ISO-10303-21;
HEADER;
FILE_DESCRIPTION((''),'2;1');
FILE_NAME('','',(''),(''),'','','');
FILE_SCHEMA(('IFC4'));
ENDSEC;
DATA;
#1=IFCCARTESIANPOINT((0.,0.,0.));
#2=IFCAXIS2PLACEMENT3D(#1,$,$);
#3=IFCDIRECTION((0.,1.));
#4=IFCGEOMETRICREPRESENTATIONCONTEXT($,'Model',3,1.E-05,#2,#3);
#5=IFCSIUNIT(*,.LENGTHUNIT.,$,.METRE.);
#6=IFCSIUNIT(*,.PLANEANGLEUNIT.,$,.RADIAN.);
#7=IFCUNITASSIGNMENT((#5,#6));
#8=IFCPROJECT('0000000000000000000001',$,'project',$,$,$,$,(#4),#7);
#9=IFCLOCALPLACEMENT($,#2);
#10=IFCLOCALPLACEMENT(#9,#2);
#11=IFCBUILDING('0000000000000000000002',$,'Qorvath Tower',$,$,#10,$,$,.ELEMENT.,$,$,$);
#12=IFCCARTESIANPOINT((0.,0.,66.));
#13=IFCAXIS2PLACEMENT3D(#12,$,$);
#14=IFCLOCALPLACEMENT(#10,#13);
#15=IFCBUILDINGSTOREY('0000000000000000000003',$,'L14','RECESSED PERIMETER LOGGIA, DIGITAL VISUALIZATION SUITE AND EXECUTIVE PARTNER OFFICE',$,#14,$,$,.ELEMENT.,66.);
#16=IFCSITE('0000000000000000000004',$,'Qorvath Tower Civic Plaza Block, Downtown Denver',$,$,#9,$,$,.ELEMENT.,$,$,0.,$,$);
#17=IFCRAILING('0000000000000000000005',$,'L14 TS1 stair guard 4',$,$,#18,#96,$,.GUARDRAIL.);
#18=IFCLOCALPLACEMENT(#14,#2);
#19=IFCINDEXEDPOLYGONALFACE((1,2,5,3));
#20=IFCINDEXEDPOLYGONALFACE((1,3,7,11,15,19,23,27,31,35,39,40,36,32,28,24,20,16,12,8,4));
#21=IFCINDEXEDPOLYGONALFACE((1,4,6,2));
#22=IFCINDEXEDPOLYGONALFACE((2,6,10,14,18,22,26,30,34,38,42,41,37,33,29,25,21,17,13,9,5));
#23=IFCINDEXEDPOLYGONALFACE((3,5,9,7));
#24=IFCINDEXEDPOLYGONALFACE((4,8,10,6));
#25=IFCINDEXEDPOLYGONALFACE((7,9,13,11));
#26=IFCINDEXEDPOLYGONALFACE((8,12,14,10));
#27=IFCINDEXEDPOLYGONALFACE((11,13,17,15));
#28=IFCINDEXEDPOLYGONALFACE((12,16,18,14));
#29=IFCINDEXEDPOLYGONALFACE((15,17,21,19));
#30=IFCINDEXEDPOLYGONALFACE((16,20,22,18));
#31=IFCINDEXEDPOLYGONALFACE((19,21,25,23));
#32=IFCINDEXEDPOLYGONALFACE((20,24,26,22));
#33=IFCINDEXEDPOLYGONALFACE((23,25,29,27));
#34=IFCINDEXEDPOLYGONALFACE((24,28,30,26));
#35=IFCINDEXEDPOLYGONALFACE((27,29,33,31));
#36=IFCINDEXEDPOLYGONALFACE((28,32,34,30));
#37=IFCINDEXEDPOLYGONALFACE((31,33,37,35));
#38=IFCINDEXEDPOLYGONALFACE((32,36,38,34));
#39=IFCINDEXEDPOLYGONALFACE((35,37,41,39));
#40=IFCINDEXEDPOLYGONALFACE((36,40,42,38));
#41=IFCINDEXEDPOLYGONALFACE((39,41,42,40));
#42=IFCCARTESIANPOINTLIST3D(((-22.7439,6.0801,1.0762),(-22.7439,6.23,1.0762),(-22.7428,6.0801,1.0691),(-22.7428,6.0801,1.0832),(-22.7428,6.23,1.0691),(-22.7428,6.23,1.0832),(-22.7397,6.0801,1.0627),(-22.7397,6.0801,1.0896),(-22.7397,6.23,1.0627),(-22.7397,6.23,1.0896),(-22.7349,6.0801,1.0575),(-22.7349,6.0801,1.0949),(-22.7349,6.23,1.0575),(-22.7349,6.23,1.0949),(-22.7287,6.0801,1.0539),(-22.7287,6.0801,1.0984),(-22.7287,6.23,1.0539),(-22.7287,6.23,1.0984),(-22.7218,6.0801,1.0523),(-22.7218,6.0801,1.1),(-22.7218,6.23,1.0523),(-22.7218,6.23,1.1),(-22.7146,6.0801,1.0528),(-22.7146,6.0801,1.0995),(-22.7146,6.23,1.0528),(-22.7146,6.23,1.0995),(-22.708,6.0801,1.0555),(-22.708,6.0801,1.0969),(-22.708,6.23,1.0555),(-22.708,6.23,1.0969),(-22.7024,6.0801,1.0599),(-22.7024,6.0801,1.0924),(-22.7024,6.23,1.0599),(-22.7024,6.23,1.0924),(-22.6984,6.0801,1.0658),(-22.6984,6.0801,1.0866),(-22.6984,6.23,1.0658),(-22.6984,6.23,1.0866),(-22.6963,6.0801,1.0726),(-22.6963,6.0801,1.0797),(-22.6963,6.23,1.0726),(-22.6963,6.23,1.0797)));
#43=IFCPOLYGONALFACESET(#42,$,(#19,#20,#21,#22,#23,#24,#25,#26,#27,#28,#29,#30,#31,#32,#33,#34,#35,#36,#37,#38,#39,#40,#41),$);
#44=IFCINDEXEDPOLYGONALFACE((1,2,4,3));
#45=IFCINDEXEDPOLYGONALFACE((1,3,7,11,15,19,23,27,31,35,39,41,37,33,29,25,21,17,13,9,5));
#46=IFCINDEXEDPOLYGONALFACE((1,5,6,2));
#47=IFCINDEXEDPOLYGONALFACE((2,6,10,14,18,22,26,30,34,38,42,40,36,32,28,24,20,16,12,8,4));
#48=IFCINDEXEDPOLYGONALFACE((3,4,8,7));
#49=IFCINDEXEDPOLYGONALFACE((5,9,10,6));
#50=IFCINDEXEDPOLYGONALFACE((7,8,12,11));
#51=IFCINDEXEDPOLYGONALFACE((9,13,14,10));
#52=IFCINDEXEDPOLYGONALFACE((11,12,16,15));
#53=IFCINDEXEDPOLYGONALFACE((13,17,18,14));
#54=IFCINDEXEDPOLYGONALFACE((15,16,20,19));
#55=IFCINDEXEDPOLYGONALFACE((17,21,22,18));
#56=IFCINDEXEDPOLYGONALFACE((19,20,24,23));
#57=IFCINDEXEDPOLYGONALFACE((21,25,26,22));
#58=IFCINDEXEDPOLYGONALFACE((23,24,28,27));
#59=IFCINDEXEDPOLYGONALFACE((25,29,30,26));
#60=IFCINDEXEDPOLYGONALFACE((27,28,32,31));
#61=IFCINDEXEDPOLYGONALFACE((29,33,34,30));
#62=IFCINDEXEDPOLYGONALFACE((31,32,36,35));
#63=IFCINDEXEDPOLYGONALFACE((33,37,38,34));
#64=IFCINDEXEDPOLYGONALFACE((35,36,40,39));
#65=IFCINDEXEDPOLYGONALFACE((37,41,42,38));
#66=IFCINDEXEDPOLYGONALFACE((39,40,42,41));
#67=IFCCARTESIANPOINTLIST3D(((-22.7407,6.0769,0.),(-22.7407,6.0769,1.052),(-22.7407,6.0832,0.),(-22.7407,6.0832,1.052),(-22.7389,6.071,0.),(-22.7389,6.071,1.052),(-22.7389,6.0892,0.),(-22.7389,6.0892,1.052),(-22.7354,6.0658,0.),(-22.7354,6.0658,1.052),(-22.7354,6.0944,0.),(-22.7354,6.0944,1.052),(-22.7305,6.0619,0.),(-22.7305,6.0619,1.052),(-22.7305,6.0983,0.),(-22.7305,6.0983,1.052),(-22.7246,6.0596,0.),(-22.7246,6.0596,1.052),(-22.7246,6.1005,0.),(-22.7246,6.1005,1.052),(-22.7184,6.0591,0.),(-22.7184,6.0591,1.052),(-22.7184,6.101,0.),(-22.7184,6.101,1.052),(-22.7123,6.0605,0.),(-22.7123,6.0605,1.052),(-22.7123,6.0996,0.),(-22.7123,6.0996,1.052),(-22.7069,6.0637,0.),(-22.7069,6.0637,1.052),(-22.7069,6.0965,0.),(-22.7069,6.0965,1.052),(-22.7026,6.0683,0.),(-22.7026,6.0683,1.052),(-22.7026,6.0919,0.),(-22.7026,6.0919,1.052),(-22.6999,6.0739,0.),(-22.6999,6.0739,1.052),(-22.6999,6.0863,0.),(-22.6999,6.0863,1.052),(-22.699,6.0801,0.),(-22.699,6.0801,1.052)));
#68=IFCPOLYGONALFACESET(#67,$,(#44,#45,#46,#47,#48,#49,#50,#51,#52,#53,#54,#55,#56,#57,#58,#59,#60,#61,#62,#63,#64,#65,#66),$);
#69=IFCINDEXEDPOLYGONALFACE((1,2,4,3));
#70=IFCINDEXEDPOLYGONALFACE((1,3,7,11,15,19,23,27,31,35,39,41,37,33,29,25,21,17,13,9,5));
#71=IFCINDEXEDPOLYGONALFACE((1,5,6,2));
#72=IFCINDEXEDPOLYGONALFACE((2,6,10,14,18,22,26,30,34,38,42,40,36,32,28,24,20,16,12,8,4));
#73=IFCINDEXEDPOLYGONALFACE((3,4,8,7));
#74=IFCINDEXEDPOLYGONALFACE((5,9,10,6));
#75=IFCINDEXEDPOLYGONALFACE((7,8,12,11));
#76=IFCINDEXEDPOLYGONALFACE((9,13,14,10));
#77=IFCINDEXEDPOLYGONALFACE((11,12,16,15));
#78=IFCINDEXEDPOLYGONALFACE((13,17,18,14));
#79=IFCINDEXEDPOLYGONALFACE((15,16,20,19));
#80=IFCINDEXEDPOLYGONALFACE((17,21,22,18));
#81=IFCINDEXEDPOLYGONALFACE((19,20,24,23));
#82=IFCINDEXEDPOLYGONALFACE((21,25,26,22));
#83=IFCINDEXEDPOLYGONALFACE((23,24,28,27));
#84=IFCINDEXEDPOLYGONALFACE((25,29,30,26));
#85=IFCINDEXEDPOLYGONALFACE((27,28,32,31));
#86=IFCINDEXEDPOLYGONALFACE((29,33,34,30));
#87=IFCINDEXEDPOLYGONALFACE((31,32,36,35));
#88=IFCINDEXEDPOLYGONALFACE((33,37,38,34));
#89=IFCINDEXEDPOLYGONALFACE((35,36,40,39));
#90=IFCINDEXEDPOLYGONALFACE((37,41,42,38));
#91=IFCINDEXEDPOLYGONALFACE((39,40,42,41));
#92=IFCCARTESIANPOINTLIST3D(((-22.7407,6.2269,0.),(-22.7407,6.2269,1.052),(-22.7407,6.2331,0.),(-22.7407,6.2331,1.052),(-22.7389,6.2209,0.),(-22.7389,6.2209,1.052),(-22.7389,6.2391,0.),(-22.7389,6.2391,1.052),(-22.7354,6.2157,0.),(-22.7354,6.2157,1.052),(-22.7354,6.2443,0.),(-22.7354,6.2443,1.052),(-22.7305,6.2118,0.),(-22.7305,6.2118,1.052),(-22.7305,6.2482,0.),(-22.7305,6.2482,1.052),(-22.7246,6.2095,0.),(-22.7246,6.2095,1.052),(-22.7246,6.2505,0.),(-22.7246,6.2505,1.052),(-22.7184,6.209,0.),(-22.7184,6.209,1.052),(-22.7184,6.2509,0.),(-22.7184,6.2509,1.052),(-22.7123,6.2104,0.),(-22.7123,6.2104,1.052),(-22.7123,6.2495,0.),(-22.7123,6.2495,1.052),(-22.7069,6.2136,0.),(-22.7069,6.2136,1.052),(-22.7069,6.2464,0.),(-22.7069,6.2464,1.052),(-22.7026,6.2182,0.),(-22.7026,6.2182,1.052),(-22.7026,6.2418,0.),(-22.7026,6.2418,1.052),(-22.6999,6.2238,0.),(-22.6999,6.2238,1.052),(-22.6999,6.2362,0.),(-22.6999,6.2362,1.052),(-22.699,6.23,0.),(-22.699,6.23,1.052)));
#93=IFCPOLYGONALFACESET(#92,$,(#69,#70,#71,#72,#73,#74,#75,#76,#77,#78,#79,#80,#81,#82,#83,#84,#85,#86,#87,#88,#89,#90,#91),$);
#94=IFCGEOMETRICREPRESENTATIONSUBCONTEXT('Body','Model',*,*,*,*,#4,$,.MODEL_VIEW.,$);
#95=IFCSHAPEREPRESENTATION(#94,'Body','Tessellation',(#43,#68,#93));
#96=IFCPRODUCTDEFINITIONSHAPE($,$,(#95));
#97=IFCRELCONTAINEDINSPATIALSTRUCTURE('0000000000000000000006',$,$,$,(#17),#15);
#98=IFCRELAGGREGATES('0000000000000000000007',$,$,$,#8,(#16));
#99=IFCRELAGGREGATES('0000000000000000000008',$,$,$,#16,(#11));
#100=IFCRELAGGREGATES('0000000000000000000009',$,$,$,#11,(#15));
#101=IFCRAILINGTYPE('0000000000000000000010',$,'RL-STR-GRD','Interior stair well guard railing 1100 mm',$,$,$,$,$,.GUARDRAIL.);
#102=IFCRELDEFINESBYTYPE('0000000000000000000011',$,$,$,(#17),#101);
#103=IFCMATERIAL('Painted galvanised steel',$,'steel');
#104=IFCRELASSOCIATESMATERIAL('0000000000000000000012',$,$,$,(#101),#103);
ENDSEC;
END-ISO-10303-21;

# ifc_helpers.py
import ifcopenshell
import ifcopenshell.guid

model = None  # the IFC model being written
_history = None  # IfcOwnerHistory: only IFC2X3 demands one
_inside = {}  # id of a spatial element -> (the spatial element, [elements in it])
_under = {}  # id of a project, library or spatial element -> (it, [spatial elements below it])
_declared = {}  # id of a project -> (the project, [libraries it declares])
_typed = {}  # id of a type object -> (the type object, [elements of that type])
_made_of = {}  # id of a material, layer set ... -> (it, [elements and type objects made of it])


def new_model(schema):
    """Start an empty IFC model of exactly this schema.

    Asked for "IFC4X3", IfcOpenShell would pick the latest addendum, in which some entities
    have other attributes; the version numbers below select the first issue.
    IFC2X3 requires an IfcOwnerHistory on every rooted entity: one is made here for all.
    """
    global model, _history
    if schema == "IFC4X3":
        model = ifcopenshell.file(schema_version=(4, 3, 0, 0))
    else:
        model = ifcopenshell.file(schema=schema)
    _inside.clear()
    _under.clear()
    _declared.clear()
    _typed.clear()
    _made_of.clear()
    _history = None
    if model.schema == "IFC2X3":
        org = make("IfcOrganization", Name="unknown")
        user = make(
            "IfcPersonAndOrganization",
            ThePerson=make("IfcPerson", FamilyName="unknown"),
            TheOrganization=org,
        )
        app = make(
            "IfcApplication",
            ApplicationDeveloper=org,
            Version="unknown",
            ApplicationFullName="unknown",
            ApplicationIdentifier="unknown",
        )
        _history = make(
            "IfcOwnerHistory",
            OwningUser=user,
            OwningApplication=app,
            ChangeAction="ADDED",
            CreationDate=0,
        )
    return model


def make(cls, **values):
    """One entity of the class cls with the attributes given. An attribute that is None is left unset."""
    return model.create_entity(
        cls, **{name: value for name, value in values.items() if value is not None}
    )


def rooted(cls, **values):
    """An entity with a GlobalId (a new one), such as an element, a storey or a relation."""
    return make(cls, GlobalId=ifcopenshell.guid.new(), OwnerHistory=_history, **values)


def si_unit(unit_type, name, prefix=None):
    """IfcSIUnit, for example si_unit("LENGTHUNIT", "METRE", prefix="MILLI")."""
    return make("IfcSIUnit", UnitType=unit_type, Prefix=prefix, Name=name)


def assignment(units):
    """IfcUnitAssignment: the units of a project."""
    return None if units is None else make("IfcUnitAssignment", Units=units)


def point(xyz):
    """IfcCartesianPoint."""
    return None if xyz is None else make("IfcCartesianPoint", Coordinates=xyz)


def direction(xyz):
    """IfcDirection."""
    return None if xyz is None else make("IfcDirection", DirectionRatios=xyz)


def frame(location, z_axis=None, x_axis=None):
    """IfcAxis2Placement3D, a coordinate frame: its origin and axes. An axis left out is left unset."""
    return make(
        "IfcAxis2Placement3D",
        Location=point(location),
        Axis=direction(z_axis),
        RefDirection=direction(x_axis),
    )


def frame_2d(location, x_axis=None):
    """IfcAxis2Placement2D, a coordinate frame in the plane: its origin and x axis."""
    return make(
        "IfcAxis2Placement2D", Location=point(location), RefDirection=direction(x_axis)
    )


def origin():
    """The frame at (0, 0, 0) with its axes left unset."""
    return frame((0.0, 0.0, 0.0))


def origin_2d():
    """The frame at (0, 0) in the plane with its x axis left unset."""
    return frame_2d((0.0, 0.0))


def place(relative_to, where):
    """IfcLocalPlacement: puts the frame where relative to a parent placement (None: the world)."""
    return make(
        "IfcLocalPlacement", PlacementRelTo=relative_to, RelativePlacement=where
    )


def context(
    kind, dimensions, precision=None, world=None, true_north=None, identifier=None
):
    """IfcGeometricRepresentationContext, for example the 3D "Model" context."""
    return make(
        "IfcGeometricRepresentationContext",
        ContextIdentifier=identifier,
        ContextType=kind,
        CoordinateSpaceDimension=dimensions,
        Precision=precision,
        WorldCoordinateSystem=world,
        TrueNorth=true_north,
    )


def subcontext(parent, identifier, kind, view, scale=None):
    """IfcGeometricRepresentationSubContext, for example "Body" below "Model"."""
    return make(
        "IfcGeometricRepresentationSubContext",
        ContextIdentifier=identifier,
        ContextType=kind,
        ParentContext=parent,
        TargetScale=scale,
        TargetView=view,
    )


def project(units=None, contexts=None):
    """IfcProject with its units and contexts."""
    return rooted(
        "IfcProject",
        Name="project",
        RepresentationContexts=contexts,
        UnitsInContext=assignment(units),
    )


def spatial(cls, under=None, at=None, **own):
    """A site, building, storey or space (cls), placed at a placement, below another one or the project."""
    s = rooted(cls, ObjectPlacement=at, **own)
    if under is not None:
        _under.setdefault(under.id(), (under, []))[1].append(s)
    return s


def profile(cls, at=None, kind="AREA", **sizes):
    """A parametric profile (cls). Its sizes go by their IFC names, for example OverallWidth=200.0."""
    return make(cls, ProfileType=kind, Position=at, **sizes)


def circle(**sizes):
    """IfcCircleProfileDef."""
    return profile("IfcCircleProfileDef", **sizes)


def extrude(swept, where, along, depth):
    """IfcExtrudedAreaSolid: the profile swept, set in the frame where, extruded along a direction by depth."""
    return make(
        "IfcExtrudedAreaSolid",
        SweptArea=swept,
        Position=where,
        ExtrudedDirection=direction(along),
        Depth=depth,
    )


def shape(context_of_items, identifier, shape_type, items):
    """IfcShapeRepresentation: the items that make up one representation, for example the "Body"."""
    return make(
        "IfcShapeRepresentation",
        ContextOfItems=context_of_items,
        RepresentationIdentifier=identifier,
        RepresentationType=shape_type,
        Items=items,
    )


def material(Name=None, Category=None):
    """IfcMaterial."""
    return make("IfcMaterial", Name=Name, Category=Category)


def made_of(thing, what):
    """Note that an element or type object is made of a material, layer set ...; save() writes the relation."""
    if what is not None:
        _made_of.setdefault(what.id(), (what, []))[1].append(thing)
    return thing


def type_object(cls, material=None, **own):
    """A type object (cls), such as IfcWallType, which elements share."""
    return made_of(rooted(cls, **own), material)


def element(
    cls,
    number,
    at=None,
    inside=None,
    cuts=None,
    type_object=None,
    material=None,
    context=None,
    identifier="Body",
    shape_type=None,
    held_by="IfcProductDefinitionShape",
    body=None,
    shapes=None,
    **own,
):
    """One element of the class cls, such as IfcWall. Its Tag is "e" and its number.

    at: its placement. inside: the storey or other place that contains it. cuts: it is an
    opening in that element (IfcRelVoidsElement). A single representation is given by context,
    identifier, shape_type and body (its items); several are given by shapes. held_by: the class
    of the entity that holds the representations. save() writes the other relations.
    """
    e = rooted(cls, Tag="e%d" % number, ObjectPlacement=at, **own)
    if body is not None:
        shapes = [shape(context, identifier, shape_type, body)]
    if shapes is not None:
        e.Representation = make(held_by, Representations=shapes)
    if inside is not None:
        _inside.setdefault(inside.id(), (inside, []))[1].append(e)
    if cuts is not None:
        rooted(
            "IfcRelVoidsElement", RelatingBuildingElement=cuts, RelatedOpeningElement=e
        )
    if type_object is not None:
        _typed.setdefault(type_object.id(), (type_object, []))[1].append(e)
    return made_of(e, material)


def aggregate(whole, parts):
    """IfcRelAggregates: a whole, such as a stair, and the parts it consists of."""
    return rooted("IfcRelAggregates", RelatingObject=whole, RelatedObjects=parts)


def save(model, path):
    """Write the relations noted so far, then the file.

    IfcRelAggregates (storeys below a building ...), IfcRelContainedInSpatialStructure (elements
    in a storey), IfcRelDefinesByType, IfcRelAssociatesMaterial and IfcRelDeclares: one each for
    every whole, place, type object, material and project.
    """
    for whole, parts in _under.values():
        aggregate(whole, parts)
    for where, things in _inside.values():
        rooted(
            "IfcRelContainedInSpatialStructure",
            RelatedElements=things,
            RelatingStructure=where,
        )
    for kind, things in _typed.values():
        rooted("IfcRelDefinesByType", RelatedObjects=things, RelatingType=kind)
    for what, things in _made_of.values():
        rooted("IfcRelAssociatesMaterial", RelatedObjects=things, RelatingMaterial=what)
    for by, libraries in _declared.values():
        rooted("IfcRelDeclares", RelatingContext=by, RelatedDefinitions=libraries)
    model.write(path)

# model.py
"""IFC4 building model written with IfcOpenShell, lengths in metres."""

from ifc_helpers import new_model, si_unit, direction, frame, origin, origin_2d, place, context, subcontext, project, spatial, circle, extrude, material, type_object, element, save


model = new_model("IFC4")

# Units and contexts
model_context = context("Model", 3, precision=1e-05, world=origin(), true_north=direction((0.0, 1.0)))
body_context = subcontext(model_context, "Body", "Model", "MODEL_VIEW")
ifc_project = project(units=[si_unit("LENGTHUNIT", "METRE"), si_unit("PLANEANGLEUNIT", "RADIAN")], contexts=[model_context])

# Site, building, storey
site_placement = place(None, origin())
site = spatial("IfcSite", under=ifc_project, at=site_placement, Name="Qorvath Tower Civic Plaza Block, Downtown Denver", CompositionType="ELEMENT", RefElevation=0.0)
building_placement = place(site_placement, origin())
building = spatial("IfcBuilding", under=site, at=building_placement, Name="Qorvath Tower", CompositionType="ELEMENT")
storey_placement = place(building_placement, frame((0.0, 0.0, 66.0)))
storey = spatial("IfcBuildingStorey", under=building, at=storey_placement, Name="L14", Description="RECESSED PERIMETER LOGGIA, DIGITAL VISUALIZATION SUITE AND EXECUTIVE PARTNER OFFICE", CompositionType="ELEMENT", Elevation=66.0)

# Railing
ifc_material_1 = material(Name="Painted galvanised steel", Category="steel")
railing_type_1 = type_object("IfcRailingType", Name="RL-STR-GRD", Description="Interior stair well guard railing 1100 mm", PredefinedType="GUARDRAIL", material=ifc_material_1)
railing_1_placement = place(storey_placement, frame((-22.72, 6.0801, 0.0)))
element("IfcRailing", 1, at=railing_1_placement, inside=storey, type_object=railing_type_1, Name="L14 TS1 stair guard 4", PredefinedType="GUARDRAIL", context=body_context, shape_type="SweptSolid", body=[
    extrude(circle(Radius=0.0239, at=origin_2d()), frame((0.0, 0.0, 1.0762), z_axis=(0.0, 1.0, 0.0), x_axis=(-1.0, 0.0, 0.0)), (0.0, 0.0, 1.0), 0.1499),
    extrude(circle(Radius=0.021, at=origin_2d()), origin(), (0.0, 0.0, 1.0), 1.052),
    extrude(circle(Radius=0.021, at=origin_2d()), frame((0.0, 0.1499, 0.0)), (0.0, 0.0, 1.0), 1.052),
])

save(model, "model.ifc")
